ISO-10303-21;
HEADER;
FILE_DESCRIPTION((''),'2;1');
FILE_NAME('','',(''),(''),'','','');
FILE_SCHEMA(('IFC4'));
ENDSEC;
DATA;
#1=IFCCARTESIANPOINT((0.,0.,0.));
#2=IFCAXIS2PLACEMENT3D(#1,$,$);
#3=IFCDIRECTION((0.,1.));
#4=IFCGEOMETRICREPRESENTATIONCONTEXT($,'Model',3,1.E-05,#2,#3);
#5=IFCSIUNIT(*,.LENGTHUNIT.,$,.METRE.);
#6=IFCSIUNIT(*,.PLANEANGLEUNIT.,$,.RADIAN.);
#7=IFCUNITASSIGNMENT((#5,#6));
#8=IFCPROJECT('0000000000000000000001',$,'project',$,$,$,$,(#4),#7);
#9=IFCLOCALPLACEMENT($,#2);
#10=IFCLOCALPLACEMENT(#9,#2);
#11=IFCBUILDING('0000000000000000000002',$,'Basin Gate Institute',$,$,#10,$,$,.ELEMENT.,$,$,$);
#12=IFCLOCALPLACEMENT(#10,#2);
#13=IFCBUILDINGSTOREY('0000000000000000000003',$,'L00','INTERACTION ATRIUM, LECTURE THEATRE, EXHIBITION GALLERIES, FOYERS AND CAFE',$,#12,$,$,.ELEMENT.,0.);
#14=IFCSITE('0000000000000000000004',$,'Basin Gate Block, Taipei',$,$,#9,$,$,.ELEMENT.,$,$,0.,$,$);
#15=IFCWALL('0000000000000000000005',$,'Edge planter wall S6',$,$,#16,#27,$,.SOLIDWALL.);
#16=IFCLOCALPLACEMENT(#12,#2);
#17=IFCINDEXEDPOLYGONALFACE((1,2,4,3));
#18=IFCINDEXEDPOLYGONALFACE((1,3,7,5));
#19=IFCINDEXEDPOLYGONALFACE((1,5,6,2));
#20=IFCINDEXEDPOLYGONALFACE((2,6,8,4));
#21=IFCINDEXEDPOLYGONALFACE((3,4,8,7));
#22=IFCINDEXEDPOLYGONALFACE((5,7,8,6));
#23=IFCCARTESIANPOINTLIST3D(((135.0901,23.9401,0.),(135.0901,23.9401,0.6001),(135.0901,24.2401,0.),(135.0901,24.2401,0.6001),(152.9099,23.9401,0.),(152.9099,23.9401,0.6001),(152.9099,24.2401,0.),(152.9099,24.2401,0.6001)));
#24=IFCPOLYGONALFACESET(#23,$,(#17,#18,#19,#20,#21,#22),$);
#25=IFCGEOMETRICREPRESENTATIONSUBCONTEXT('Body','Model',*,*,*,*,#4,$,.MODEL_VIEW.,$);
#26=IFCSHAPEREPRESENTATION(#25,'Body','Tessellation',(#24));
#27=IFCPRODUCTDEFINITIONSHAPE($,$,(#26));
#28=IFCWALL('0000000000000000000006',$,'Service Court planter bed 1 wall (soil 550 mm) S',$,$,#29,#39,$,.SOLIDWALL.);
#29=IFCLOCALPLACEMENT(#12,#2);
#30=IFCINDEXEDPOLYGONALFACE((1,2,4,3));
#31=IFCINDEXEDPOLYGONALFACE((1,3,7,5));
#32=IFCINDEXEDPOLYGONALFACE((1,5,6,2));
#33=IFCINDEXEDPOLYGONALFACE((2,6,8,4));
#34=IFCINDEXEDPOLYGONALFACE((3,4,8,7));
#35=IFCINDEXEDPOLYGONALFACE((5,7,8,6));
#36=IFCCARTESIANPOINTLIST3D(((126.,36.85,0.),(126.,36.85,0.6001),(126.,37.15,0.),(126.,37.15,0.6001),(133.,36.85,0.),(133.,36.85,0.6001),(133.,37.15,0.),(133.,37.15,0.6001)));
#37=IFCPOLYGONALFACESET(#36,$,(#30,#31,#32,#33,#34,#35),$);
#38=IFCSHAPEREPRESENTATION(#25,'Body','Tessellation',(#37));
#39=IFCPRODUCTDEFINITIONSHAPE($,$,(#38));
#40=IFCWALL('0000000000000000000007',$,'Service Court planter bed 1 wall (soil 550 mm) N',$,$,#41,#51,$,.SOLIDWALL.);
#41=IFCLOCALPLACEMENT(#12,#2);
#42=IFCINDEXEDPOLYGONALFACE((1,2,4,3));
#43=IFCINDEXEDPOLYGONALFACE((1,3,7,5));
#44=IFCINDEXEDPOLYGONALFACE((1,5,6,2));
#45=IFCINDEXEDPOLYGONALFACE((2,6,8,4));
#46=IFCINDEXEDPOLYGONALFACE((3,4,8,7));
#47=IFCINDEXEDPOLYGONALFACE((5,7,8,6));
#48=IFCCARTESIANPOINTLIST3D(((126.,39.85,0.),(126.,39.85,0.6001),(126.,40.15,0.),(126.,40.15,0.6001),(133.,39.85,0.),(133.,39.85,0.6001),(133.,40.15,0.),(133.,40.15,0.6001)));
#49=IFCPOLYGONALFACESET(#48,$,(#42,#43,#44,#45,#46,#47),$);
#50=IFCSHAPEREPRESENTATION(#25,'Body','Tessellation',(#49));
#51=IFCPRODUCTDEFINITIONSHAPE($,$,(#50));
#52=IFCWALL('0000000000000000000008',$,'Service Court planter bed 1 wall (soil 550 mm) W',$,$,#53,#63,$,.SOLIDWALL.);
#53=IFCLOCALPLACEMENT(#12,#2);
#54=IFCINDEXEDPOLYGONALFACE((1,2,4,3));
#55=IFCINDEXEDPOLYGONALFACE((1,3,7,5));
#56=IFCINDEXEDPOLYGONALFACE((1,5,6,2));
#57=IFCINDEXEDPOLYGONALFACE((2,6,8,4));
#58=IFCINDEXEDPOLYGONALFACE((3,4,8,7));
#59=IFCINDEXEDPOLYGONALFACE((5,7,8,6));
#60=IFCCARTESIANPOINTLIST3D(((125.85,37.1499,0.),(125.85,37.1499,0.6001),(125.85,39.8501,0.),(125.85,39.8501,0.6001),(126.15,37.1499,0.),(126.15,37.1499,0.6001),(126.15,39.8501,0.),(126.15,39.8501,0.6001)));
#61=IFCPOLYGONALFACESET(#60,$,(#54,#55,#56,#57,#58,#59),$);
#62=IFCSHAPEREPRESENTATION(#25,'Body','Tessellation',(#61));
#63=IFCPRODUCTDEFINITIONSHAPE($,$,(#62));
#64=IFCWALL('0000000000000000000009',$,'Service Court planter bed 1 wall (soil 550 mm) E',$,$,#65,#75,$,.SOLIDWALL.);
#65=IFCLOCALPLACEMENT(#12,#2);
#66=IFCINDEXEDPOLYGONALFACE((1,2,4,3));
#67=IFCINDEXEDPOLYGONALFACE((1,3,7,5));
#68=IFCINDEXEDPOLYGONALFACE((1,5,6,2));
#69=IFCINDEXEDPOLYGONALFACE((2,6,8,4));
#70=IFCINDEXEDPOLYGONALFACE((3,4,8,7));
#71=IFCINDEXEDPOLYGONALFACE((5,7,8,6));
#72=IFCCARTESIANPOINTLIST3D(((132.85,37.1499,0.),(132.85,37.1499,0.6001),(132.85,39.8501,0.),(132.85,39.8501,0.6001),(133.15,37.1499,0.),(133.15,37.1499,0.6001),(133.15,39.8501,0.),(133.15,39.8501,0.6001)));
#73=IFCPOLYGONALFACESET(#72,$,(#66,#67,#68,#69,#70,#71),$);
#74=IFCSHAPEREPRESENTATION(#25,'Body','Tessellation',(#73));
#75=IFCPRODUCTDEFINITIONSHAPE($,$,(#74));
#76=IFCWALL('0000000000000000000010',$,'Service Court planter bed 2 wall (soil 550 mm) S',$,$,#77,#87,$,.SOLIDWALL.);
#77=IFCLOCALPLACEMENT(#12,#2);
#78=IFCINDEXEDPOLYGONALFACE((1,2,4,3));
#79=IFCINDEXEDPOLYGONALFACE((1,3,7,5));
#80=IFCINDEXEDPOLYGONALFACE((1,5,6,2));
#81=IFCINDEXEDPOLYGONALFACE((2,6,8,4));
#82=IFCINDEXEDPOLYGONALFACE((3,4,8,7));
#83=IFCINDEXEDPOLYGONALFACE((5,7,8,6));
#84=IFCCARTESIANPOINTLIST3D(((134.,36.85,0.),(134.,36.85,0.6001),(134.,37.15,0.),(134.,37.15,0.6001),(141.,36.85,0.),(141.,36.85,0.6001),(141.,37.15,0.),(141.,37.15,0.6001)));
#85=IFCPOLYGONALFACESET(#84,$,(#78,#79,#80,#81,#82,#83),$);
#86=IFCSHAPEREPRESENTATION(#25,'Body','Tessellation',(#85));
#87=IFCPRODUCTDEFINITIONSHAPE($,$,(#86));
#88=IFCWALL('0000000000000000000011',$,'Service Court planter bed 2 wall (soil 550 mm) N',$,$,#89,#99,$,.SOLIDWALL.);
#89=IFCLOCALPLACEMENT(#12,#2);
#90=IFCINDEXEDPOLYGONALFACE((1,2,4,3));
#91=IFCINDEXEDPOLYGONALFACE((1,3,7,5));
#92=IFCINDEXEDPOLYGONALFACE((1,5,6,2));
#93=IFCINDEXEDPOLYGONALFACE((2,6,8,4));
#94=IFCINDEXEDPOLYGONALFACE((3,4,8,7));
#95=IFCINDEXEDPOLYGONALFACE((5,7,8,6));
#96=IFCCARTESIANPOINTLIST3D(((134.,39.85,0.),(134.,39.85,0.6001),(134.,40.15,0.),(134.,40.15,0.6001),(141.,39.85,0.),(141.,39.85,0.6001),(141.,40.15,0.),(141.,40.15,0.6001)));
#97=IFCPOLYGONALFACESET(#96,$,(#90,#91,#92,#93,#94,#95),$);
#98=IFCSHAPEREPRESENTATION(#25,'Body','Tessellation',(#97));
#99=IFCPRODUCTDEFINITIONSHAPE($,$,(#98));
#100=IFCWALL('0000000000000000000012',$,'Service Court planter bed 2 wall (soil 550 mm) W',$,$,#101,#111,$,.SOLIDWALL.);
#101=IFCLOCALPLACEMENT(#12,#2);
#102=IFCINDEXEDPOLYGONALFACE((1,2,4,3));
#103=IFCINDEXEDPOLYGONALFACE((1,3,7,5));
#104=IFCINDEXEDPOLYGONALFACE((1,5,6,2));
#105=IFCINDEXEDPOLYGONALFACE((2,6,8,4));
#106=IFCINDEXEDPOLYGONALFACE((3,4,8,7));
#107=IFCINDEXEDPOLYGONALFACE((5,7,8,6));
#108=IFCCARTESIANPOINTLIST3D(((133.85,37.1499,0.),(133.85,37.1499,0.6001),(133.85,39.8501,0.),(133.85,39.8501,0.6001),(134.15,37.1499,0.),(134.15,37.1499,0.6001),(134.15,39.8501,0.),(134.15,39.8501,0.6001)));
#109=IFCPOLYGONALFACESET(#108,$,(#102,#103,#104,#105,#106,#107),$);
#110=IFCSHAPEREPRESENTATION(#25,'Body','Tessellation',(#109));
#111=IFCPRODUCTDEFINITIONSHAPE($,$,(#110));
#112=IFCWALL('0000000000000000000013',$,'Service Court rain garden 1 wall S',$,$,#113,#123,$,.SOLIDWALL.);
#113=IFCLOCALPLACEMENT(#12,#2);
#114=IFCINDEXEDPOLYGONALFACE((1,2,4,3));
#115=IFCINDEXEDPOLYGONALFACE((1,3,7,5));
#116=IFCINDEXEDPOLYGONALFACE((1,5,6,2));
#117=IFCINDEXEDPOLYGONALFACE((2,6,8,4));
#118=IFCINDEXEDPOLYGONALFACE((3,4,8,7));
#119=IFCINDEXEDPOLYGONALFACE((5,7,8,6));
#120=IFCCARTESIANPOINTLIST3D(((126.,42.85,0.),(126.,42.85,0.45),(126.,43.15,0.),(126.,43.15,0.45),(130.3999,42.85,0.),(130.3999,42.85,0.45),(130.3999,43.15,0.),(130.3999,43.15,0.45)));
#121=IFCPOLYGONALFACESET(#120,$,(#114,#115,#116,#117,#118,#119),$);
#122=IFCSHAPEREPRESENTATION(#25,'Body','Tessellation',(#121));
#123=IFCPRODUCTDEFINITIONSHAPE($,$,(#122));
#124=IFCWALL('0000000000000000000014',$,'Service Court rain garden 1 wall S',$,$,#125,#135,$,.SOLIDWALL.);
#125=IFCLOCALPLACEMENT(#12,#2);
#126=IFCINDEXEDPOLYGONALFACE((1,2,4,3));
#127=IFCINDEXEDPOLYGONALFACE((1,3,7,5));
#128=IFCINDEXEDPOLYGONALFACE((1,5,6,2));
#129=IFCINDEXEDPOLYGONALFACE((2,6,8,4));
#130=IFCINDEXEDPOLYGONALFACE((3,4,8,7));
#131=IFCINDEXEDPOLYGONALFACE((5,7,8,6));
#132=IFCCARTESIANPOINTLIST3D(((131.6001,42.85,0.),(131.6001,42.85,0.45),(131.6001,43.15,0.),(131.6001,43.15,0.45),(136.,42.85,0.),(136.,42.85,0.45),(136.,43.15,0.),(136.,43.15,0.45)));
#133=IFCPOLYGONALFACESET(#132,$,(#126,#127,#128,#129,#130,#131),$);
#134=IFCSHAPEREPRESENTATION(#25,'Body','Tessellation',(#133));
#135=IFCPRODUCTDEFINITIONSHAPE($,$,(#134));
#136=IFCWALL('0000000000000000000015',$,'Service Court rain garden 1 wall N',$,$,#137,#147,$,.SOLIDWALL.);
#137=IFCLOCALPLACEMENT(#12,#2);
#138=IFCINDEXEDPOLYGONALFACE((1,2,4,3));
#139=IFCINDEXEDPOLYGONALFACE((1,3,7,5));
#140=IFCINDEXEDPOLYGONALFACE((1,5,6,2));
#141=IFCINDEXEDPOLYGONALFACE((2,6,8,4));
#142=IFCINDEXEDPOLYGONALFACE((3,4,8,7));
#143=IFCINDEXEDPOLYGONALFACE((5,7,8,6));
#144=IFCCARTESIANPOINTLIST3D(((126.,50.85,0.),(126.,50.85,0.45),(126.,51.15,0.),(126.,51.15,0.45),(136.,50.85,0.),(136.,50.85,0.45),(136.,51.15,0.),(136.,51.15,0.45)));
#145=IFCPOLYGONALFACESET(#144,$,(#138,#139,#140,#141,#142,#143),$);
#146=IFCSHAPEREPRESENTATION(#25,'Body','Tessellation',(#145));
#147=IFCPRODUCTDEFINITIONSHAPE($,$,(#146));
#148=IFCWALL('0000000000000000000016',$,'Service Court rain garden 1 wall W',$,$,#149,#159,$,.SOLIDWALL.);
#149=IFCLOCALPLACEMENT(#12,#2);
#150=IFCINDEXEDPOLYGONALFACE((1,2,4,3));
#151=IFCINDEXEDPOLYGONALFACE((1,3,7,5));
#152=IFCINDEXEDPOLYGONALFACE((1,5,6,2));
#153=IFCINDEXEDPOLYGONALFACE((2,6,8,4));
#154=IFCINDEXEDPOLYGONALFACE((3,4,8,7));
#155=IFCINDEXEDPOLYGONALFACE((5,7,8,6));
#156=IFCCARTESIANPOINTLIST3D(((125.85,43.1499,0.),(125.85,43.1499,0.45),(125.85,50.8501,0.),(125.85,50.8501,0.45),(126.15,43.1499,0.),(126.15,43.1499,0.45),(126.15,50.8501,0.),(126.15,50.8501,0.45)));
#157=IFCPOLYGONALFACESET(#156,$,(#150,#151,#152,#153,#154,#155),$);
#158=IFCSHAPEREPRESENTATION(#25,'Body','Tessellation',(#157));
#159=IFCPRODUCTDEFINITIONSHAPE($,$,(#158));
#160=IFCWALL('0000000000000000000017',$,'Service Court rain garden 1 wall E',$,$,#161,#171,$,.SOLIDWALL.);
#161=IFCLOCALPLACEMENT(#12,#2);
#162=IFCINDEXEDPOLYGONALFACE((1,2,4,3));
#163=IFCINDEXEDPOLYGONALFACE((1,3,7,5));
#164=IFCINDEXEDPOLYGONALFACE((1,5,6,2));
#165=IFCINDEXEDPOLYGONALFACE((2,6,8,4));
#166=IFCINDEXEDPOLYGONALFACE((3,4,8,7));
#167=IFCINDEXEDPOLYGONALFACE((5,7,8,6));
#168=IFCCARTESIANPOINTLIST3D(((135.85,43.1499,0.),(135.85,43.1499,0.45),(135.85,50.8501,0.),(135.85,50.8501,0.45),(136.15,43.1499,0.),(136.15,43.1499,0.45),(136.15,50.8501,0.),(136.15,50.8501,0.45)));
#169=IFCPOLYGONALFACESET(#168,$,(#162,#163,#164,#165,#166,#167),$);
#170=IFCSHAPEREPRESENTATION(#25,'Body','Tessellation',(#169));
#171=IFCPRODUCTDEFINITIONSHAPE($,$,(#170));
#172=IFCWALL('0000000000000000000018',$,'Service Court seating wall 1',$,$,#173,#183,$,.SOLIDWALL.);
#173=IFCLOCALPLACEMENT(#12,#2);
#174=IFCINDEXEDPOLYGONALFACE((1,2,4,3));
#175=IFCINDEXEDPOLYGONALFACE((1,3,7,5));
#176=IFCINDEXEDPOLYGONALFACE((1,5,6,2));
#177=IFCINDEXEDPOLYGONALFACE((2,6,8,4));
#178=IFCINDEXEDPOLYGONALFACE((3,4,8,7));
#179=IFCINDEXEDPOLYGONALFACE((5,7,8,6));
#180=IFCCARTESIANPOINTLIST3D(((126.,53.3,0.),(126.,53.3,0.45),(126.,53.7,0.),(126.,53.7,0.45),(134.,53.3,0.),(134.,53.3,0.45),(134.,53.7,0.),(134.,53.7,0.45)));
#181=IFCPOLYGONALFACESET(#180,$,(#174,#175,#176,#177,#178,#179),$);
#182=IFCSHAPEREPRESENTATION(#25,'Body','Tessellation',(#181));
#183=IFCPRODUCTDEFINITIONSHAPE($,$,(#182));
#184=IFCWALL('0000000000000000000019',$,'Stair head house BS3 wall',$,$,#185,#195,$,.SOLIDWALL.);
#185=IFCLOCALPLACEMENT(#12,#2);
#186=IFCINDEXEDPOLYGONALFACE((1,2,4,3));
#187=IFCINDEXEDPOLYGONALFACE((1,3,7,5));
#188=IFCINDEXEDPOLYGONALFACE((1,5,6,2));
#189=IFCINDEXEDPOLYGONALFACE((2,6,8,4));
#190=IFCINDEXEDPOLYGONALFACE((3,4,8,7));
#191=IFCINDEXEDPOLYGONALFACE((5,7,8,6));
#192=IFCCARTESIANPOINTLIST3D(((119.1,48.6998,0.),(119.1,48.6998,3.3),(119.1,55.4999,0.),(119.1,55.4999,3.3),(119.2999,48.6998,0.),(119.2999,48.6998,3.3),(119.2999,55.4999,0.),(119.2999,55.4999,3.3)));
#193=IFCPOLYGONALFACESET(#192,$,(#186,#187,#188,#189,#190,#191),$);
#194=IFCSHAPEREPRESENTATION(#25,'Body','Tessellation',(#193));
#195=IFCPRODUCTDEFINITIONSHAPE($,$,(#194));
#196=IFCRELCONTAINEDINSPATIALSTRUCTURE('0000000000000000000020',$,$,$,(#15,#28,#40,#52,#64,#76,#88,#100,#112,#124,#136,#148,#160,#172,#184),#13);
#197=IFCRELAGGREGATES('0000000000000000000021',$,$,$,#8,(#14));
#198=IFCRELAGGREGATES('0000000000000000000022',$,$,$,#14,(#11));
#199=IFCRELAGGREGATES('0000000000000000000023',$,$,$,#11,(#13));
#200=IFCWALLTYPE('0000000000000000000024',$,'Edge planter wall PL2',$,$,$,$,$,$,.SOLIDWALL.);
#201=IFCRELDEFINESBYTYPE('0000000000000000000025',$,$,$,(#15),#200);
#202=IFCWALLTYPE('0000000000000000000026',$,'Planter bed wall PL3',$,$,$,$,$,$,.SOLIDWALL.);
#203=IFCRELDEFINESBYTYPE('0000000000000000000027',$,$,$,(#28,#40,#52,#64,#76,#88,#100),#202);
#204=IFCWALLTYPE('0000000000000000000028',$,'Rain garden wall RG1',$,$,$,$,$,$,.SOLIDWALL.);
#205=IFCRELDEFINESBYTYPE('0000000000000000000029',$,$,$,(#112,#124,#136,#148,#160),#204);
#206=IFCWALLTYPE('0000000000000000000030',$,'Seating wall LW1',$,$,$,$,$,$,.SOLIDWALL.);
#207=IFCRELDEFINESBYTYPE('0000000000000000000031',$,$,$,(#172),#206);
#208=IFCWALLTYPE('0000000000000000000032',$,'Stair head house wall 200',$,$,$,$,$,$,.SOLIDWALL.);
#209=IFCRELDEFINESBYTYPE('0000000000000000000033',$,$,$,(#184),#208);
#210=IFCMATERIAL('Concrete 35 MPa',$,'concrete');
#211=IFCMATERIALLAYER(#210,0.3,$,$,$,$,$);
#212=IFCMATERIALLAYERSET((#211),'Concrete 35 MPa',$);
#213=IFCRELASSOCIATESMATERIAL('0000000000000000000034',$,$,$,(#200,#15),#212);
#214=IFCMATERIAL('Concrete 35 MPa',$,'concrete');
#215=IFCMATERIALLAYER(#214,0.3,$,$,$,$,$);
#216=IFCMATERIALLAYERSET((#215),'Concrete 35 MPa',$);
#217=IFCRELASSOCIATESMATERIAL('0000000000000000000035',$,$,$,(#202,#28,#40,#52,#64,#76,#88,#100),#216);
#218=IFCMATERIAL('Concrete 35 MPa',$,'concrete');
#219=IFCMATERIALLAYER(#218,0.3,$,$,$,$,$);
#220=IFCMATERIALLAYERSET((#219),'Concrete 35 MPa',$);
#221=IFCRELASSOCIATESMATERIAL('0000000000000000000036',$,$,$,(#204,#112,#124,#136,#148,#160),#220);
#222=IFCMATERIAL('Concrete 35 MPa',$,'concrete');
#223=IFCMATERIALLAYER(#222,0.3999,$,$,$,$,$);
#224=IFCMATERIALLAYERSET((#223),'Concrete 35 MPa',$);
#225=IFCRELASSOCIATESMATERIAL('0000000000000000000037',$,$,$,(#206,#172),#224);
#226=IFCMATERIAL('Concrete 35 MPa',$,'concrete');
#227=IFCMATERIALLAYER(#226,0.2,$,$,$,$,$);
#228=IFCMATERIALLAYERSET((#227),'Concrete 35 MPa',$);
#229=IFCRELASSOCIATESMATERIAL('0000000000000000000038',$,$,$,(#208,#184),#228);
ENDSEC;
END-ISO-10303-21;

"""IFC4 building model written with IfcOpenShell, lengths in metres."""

from ifc_helpers import new_model, si_unit, direction, frame, frame_2d, origin, place, context, subcontext, project, spatial, rectangle, extrude, material, layer, layer_set, type_object, element, save


model = new_model("IFC4")

# Units and contexts
model_context = context("Model", 3, precision=1e-05, world=origin(), true_north=direction((0.0, 1.0)))
body_context = subcontext(model_context, "Body", "Model", "MODEL_VIEW")
ifc_project = project(units=[si_unit("LENGTHUNIT", "METRE"), si_unit("PLANEANGLEUNIT", "RADIAN")], contexts=[model_context])

# Site, building, storey
site_placement = place(None, origin())
site = spatial("IfcSite", under=ifc_project, at=site_placement, Name="Basin Gate Block, Taipei", CompositionType="ELEMENT", RefElevation=0.0)
building_placement = place(site_placement, origin())
building = spatial("IfcBuilding", under=site, at=building_placement, Name="Basin Gate Institute", CompositionType="ELEMENT")
storey_placement = place(building_placement, origin())
storey = spatial("IfcBuildingStorey", under=building, at=storey_placement, Name="L00", Description="INTERACTION ATRIUM, LECTURE THEATRE, EXHIBITION GALLERIES, FOYERS AND CAFE", CompositionType="ELEMENT", Elevation=0.0)

# Walls
ifc_material_1 = material(Name="Concrete 35 MPa", Category="concrete")
ifc_layer_1 = layer(ifc_material_1, 0.3)
ifc_layer_set_1 = layer_set([ifc_layer_1], Name="Concrete 35 MPa")
wall_type_1 = type_object("IfcWallType", Name="Edge planter wall PL2", PredefinedType="SOLIDWALL", material=ifc_layer_set_1)
wall_1_placement = place(storey_placement, frame((135.0901, 24.0901, 0.0), z_axis=(0.0, 0.0, 1.0), x_axis=(1.0, 0.0, 0.0)))
element("IfcWall", 1, at=wall_1_placement, inside=storey, type_object=wall_type_1, material=ifc_layer_set_1, Name="Edge planter wall S6", PredefinedType="SOLIDWALL", context=body_context, shape_type="SweptSolid", body=[
    extrude(rectangle(XDim=17.8198, YDim=0.3, at=frame_2d((8.9099, 0.0))), origin(), (0.0, 0.0, 1.0), 0.6001),
])
ifc_material_2 = material(Name="Concrete 35 MPa", Category="concrete")
ifc_layer_2 = layer(ifc_material_2, 0.3)
ifc_layer_set_2 = layer_set([ifc_layer_2], Name="Concrete 35 MPa")
wall_type_2 = type_object("IfcWallType", Name="Planter bed wall PL3", PredefinedType="SOLIDWALL", material=ifc_layer_set_2)
for number, where, z_axis, x_axis, name in (
    (2, (126.0, 37.0, 0.0), (0.0, 0.0, 1.0), (1.0, 0.0, 0.0), "Service Court planter bed 1 wall (soil 550 mm) S"),
    (3, (126.0, 40.0, 0.0), (0.0, 0.0, 1.0), (1.0, 0.0, 0.0), "Service Court planter bed 1 wall (soil 550 mm) N"),
):
    element("IfcWall", number, at=place(storey_placement, frame(where, z_axis=z_axis, x_axis=x_axis)), inside=storey, type_object=wall_type_2, material=ifc_layer_set_2, Name=name, PredefinedType="SOLIDWALL", context=body_context, shape_type="SweptSolid", body=[
        extrude(rectangle(XDim=7.0, YDim=0.3, at=frame_2d((3.5, 0.0))), origin(), (0.0, 0.0, 1.0), 0.6001),
    ])
for number, where, z_axis, x_axis, name in (
    (4, (126.0, 37.1499, 0.0), (0.0, 0.0, 1.0), (0.0, 1.0, 0.0), "Service Court planter bed 1 wall (soil 550 mm) W"),
    (5, (133.0, 37.1499, 0.0), (0.0, 0.0, 1.0), (0.0, 1.0, 0.0), "Service Court planter bed 1 wall (soil 550 mm) E"),
):
    element("IfcWall", number, at=place(storey_placement, frame(where, z_axis=z_axis, x_axis=x_axis)), inside=storey, type_object=wall_type_2, material=ifc_layer_set_2, Name=name, PredefinedType="SOLIDWALL", context=body_context, shape_type="SweptSolid", body=[
        extrude(rectangle(XDim=2.7002, YDim=0.3, at=frame_2d((1.3501, 0.0))), origin(), (0.0, 0.0, 1.0), 0.6001),
    ])
for number, where, z_axis, x_axis, name in (
    (6, (134.0, 37.0, 0.0), (0.0, 0.0, 1.0), (1.0, 0.0, 0.0), "Service Court planter bed 2 wall (soil 550 mm) S"),
    (7, (134.0, 40.0, 0.0), (0.0, 0.0, 1.0), (1.0, 0.0, 0.0), "Service Court planter bed 2 wall (soil 550 mm) N"),
):
    element("IfcWall", number, at=place(storey_placement, frame(where, z_axis=z_axis, x_axis=x_axis)), inside=storey, type_object=wall_type_2, material=ifc_layer_set_2, Name=name, PredefinedType="SOLIDWALL", context=body_context, shape_type="SweptSolid", body=[
        extrude(rectangle(XDim=7.0, YDim=0.3, at=frame_2d((3.5, 0.0))), origin(), (0.0, 0.0, 1.0), 0.6001),
    ])
wall_2_placement = place(storey_placement, frame((134.0, 37.1499, 0.0), z_axis=(0.0, 0.0, 1.0), x_axis=(0.0, 1.0, 0.0)))
element("IfcWall", 8, at=wall_2_placement, inside=storey, type_object=wall_type_2, material=ifc_layer_set_2, Name="Service Court planter bed 2 wall (soil 550 mm) W", PredefinedType="SOLIDWALL", context=body_context, shape_type="SweptSolid", body=[
    extrude(rectangle(XDim=2.7002, YDim=0.3, at=frame_2d((1.3501, 0.0))), origin(), (0.0, 0.0, 1.0), 0.6001),
])
ifc_material_3 = material(Name="Concrete 35 MPa", Category="concrete")
ifc_layer_3 = layer(ifc_material_3, 0.3)
ifc_layer_set_3 = layer_set([ifc_layer_3], Name="Concrete 35 MPa")
wall_type_3 = type_object("IfcWallType", Name="Rain garden wall RG1", PredefinedType="SOLIDWALL", material=ifc_layer_set_3)
for number, where, z_axis, x_axis, name in (
    (9, (126.0, 43.0, 0.0), (0.0, 0.0, 1.0), (1.0, 0.0, 0.0), "Service Court rain garden 1 wall S"),
    (10, (131.6001, 43.0, 0.0), (0.0, 0.0, 1.0), (1.0, 0.0, 0.0), "Service Court rain garden 1 wall S"),
):
    element("IfcWall", number, at=place(storey_placement, frame(where, z_axis=z_axis, x_axis=x_axis)), inside=storey, type_object=wall_type_3, material=ifc_layer_set_3, Name=name, PredefinedType="SOLIDWALL", context=body_context, shape_type="SweptSolid", body=[
        extrude(rectangle(XDim=4.3999, YDim=0.3, at=frame_2d((2.2, 0.0))), origin(), (0.0, 0.0, 1.0), 0.45),
    ])
wall_3_placement = place(storey_placement, frame((126.0, 51.0, 0.0), z_axis=(0.0, 0.0, 1.0), x_axis=(1.0, 0.0, 0.0)))
element("IfcWall", 11, at=wall_3_placement, inside=storey, type_object=wall_type_3, material=ifc_layer_set_3, Name="Service Court rain garden 1 wall N", PredefinedType="SOLIDWALL", context=body_context, shape_type="SweptSolid", body=[
    extrude(rectangle(XDim=10.0, YDim=0.3, at=frame_2d((5.0, 0.0))), origin(), (0.0, 0.0, 1.0), 0.45),
])
for number, where, z_axis, x_axis, name in (
    (12, (126.0, 43.1499, 0.0), (0.0, 0.0, 1.0), (0.0, 1.0, 0.0), "Service Court rain garden 1 wall W"),
    (13, (136.0, 43.1499, 0.0), (0.0, 0.0, 1.0), (0.0, 1.0, 0.0), "Service Court rain garden 1 wall E"),
):
    element("IfcWall", number, at=place(storey_placement, frame(where, z_axis=z_axis, x_axis=x_axis)), inside=storey, type_object=wall_type_3, material=ifc_layer_set_3, Name=name, PredefinedType="SOLIDWALL", context=body_context, shape_type="SweptSolid", body=[
        extrude(rectangle(XDim=7.7002, YDim=0.3, at=frame_2d((3.8501, 0.0))), origin(), (0.0, 0.0, 1.0), 0.45),
    ])
ifc_material_4 = material(Name="Concrete 35 MPa", Category="concrete")
ifc_layer_4 = layer(ifc_material_4, 0.3999)
ifc_layer_set_4 = layer_set([ifc_layer_4], Name="Concrete 35 MPa")
wall_type_4 = type_object("IfcWallType", Name="Seating wall LW1", PredefinedType="SOLIDWALL", material=ifc_layer_set_4)
wall_4_placement = place(storey_placement, frame((126.0, 53.5, 0.0), z_axis=(0.0, 0.0, 1.0), x_axis=(1.0, 0.0, 0.0)))
element("IfcWall", 14, at=wall_4_placement, inside=storey, type_object=wall_type_4, material=ifc_layer_set_4, Name="Service Court seating wall 1", PredefinedType="SOLIDWALL", context=body_context, shape_type="SweptSolid", body=[
    extrude(rectangle(XDim=8.0, YDim=0.3999, at=frame_2d((4.0, 0.0))), origin(), (0.0, 0.0, 1.0), 0.45),
])
ifc_material_5 = material(Name="Concrete 35 MPa", Category="concrete")
ifc_layer_5 = layer(ifc_material_5, 0.2)
ifc_layer_set_5 = layer_set([ifc_layer_5], Name="Concrete 35 MPa")
wall_type_5 = type_object("IfcWallType", Name="Stair head house wall 200", PredefinedType="SOLIDWALL", material=ifc_layer_set_5)
for number, where, z_axis, x_axis, name in (
    (15, (119.2, 48.7, 0.0), (0.0, 0.0, 1.0), (0.0, 1.0, 0.0), "Stair head house BS3 wall"),
):
    element("IfcWall", number, at=place(storey_placement, frame(where, z_axis=z_axis, x_axis=x_axis)), inside=storey, type_object=wall_type_5, material=ifc_layer_set_5, Name=name, PredefinedType="SOLIDWALL", context=body_context, shape_type="SweptSolid", body=[
        extrude(rectangle(XDim=6.8, YDim=0.2, at=frame_2d((3.3999, 0.0))), origin(), (0.0, 0.0, 1.0), 3.3),
    ])

save(model, "model.ifc")
